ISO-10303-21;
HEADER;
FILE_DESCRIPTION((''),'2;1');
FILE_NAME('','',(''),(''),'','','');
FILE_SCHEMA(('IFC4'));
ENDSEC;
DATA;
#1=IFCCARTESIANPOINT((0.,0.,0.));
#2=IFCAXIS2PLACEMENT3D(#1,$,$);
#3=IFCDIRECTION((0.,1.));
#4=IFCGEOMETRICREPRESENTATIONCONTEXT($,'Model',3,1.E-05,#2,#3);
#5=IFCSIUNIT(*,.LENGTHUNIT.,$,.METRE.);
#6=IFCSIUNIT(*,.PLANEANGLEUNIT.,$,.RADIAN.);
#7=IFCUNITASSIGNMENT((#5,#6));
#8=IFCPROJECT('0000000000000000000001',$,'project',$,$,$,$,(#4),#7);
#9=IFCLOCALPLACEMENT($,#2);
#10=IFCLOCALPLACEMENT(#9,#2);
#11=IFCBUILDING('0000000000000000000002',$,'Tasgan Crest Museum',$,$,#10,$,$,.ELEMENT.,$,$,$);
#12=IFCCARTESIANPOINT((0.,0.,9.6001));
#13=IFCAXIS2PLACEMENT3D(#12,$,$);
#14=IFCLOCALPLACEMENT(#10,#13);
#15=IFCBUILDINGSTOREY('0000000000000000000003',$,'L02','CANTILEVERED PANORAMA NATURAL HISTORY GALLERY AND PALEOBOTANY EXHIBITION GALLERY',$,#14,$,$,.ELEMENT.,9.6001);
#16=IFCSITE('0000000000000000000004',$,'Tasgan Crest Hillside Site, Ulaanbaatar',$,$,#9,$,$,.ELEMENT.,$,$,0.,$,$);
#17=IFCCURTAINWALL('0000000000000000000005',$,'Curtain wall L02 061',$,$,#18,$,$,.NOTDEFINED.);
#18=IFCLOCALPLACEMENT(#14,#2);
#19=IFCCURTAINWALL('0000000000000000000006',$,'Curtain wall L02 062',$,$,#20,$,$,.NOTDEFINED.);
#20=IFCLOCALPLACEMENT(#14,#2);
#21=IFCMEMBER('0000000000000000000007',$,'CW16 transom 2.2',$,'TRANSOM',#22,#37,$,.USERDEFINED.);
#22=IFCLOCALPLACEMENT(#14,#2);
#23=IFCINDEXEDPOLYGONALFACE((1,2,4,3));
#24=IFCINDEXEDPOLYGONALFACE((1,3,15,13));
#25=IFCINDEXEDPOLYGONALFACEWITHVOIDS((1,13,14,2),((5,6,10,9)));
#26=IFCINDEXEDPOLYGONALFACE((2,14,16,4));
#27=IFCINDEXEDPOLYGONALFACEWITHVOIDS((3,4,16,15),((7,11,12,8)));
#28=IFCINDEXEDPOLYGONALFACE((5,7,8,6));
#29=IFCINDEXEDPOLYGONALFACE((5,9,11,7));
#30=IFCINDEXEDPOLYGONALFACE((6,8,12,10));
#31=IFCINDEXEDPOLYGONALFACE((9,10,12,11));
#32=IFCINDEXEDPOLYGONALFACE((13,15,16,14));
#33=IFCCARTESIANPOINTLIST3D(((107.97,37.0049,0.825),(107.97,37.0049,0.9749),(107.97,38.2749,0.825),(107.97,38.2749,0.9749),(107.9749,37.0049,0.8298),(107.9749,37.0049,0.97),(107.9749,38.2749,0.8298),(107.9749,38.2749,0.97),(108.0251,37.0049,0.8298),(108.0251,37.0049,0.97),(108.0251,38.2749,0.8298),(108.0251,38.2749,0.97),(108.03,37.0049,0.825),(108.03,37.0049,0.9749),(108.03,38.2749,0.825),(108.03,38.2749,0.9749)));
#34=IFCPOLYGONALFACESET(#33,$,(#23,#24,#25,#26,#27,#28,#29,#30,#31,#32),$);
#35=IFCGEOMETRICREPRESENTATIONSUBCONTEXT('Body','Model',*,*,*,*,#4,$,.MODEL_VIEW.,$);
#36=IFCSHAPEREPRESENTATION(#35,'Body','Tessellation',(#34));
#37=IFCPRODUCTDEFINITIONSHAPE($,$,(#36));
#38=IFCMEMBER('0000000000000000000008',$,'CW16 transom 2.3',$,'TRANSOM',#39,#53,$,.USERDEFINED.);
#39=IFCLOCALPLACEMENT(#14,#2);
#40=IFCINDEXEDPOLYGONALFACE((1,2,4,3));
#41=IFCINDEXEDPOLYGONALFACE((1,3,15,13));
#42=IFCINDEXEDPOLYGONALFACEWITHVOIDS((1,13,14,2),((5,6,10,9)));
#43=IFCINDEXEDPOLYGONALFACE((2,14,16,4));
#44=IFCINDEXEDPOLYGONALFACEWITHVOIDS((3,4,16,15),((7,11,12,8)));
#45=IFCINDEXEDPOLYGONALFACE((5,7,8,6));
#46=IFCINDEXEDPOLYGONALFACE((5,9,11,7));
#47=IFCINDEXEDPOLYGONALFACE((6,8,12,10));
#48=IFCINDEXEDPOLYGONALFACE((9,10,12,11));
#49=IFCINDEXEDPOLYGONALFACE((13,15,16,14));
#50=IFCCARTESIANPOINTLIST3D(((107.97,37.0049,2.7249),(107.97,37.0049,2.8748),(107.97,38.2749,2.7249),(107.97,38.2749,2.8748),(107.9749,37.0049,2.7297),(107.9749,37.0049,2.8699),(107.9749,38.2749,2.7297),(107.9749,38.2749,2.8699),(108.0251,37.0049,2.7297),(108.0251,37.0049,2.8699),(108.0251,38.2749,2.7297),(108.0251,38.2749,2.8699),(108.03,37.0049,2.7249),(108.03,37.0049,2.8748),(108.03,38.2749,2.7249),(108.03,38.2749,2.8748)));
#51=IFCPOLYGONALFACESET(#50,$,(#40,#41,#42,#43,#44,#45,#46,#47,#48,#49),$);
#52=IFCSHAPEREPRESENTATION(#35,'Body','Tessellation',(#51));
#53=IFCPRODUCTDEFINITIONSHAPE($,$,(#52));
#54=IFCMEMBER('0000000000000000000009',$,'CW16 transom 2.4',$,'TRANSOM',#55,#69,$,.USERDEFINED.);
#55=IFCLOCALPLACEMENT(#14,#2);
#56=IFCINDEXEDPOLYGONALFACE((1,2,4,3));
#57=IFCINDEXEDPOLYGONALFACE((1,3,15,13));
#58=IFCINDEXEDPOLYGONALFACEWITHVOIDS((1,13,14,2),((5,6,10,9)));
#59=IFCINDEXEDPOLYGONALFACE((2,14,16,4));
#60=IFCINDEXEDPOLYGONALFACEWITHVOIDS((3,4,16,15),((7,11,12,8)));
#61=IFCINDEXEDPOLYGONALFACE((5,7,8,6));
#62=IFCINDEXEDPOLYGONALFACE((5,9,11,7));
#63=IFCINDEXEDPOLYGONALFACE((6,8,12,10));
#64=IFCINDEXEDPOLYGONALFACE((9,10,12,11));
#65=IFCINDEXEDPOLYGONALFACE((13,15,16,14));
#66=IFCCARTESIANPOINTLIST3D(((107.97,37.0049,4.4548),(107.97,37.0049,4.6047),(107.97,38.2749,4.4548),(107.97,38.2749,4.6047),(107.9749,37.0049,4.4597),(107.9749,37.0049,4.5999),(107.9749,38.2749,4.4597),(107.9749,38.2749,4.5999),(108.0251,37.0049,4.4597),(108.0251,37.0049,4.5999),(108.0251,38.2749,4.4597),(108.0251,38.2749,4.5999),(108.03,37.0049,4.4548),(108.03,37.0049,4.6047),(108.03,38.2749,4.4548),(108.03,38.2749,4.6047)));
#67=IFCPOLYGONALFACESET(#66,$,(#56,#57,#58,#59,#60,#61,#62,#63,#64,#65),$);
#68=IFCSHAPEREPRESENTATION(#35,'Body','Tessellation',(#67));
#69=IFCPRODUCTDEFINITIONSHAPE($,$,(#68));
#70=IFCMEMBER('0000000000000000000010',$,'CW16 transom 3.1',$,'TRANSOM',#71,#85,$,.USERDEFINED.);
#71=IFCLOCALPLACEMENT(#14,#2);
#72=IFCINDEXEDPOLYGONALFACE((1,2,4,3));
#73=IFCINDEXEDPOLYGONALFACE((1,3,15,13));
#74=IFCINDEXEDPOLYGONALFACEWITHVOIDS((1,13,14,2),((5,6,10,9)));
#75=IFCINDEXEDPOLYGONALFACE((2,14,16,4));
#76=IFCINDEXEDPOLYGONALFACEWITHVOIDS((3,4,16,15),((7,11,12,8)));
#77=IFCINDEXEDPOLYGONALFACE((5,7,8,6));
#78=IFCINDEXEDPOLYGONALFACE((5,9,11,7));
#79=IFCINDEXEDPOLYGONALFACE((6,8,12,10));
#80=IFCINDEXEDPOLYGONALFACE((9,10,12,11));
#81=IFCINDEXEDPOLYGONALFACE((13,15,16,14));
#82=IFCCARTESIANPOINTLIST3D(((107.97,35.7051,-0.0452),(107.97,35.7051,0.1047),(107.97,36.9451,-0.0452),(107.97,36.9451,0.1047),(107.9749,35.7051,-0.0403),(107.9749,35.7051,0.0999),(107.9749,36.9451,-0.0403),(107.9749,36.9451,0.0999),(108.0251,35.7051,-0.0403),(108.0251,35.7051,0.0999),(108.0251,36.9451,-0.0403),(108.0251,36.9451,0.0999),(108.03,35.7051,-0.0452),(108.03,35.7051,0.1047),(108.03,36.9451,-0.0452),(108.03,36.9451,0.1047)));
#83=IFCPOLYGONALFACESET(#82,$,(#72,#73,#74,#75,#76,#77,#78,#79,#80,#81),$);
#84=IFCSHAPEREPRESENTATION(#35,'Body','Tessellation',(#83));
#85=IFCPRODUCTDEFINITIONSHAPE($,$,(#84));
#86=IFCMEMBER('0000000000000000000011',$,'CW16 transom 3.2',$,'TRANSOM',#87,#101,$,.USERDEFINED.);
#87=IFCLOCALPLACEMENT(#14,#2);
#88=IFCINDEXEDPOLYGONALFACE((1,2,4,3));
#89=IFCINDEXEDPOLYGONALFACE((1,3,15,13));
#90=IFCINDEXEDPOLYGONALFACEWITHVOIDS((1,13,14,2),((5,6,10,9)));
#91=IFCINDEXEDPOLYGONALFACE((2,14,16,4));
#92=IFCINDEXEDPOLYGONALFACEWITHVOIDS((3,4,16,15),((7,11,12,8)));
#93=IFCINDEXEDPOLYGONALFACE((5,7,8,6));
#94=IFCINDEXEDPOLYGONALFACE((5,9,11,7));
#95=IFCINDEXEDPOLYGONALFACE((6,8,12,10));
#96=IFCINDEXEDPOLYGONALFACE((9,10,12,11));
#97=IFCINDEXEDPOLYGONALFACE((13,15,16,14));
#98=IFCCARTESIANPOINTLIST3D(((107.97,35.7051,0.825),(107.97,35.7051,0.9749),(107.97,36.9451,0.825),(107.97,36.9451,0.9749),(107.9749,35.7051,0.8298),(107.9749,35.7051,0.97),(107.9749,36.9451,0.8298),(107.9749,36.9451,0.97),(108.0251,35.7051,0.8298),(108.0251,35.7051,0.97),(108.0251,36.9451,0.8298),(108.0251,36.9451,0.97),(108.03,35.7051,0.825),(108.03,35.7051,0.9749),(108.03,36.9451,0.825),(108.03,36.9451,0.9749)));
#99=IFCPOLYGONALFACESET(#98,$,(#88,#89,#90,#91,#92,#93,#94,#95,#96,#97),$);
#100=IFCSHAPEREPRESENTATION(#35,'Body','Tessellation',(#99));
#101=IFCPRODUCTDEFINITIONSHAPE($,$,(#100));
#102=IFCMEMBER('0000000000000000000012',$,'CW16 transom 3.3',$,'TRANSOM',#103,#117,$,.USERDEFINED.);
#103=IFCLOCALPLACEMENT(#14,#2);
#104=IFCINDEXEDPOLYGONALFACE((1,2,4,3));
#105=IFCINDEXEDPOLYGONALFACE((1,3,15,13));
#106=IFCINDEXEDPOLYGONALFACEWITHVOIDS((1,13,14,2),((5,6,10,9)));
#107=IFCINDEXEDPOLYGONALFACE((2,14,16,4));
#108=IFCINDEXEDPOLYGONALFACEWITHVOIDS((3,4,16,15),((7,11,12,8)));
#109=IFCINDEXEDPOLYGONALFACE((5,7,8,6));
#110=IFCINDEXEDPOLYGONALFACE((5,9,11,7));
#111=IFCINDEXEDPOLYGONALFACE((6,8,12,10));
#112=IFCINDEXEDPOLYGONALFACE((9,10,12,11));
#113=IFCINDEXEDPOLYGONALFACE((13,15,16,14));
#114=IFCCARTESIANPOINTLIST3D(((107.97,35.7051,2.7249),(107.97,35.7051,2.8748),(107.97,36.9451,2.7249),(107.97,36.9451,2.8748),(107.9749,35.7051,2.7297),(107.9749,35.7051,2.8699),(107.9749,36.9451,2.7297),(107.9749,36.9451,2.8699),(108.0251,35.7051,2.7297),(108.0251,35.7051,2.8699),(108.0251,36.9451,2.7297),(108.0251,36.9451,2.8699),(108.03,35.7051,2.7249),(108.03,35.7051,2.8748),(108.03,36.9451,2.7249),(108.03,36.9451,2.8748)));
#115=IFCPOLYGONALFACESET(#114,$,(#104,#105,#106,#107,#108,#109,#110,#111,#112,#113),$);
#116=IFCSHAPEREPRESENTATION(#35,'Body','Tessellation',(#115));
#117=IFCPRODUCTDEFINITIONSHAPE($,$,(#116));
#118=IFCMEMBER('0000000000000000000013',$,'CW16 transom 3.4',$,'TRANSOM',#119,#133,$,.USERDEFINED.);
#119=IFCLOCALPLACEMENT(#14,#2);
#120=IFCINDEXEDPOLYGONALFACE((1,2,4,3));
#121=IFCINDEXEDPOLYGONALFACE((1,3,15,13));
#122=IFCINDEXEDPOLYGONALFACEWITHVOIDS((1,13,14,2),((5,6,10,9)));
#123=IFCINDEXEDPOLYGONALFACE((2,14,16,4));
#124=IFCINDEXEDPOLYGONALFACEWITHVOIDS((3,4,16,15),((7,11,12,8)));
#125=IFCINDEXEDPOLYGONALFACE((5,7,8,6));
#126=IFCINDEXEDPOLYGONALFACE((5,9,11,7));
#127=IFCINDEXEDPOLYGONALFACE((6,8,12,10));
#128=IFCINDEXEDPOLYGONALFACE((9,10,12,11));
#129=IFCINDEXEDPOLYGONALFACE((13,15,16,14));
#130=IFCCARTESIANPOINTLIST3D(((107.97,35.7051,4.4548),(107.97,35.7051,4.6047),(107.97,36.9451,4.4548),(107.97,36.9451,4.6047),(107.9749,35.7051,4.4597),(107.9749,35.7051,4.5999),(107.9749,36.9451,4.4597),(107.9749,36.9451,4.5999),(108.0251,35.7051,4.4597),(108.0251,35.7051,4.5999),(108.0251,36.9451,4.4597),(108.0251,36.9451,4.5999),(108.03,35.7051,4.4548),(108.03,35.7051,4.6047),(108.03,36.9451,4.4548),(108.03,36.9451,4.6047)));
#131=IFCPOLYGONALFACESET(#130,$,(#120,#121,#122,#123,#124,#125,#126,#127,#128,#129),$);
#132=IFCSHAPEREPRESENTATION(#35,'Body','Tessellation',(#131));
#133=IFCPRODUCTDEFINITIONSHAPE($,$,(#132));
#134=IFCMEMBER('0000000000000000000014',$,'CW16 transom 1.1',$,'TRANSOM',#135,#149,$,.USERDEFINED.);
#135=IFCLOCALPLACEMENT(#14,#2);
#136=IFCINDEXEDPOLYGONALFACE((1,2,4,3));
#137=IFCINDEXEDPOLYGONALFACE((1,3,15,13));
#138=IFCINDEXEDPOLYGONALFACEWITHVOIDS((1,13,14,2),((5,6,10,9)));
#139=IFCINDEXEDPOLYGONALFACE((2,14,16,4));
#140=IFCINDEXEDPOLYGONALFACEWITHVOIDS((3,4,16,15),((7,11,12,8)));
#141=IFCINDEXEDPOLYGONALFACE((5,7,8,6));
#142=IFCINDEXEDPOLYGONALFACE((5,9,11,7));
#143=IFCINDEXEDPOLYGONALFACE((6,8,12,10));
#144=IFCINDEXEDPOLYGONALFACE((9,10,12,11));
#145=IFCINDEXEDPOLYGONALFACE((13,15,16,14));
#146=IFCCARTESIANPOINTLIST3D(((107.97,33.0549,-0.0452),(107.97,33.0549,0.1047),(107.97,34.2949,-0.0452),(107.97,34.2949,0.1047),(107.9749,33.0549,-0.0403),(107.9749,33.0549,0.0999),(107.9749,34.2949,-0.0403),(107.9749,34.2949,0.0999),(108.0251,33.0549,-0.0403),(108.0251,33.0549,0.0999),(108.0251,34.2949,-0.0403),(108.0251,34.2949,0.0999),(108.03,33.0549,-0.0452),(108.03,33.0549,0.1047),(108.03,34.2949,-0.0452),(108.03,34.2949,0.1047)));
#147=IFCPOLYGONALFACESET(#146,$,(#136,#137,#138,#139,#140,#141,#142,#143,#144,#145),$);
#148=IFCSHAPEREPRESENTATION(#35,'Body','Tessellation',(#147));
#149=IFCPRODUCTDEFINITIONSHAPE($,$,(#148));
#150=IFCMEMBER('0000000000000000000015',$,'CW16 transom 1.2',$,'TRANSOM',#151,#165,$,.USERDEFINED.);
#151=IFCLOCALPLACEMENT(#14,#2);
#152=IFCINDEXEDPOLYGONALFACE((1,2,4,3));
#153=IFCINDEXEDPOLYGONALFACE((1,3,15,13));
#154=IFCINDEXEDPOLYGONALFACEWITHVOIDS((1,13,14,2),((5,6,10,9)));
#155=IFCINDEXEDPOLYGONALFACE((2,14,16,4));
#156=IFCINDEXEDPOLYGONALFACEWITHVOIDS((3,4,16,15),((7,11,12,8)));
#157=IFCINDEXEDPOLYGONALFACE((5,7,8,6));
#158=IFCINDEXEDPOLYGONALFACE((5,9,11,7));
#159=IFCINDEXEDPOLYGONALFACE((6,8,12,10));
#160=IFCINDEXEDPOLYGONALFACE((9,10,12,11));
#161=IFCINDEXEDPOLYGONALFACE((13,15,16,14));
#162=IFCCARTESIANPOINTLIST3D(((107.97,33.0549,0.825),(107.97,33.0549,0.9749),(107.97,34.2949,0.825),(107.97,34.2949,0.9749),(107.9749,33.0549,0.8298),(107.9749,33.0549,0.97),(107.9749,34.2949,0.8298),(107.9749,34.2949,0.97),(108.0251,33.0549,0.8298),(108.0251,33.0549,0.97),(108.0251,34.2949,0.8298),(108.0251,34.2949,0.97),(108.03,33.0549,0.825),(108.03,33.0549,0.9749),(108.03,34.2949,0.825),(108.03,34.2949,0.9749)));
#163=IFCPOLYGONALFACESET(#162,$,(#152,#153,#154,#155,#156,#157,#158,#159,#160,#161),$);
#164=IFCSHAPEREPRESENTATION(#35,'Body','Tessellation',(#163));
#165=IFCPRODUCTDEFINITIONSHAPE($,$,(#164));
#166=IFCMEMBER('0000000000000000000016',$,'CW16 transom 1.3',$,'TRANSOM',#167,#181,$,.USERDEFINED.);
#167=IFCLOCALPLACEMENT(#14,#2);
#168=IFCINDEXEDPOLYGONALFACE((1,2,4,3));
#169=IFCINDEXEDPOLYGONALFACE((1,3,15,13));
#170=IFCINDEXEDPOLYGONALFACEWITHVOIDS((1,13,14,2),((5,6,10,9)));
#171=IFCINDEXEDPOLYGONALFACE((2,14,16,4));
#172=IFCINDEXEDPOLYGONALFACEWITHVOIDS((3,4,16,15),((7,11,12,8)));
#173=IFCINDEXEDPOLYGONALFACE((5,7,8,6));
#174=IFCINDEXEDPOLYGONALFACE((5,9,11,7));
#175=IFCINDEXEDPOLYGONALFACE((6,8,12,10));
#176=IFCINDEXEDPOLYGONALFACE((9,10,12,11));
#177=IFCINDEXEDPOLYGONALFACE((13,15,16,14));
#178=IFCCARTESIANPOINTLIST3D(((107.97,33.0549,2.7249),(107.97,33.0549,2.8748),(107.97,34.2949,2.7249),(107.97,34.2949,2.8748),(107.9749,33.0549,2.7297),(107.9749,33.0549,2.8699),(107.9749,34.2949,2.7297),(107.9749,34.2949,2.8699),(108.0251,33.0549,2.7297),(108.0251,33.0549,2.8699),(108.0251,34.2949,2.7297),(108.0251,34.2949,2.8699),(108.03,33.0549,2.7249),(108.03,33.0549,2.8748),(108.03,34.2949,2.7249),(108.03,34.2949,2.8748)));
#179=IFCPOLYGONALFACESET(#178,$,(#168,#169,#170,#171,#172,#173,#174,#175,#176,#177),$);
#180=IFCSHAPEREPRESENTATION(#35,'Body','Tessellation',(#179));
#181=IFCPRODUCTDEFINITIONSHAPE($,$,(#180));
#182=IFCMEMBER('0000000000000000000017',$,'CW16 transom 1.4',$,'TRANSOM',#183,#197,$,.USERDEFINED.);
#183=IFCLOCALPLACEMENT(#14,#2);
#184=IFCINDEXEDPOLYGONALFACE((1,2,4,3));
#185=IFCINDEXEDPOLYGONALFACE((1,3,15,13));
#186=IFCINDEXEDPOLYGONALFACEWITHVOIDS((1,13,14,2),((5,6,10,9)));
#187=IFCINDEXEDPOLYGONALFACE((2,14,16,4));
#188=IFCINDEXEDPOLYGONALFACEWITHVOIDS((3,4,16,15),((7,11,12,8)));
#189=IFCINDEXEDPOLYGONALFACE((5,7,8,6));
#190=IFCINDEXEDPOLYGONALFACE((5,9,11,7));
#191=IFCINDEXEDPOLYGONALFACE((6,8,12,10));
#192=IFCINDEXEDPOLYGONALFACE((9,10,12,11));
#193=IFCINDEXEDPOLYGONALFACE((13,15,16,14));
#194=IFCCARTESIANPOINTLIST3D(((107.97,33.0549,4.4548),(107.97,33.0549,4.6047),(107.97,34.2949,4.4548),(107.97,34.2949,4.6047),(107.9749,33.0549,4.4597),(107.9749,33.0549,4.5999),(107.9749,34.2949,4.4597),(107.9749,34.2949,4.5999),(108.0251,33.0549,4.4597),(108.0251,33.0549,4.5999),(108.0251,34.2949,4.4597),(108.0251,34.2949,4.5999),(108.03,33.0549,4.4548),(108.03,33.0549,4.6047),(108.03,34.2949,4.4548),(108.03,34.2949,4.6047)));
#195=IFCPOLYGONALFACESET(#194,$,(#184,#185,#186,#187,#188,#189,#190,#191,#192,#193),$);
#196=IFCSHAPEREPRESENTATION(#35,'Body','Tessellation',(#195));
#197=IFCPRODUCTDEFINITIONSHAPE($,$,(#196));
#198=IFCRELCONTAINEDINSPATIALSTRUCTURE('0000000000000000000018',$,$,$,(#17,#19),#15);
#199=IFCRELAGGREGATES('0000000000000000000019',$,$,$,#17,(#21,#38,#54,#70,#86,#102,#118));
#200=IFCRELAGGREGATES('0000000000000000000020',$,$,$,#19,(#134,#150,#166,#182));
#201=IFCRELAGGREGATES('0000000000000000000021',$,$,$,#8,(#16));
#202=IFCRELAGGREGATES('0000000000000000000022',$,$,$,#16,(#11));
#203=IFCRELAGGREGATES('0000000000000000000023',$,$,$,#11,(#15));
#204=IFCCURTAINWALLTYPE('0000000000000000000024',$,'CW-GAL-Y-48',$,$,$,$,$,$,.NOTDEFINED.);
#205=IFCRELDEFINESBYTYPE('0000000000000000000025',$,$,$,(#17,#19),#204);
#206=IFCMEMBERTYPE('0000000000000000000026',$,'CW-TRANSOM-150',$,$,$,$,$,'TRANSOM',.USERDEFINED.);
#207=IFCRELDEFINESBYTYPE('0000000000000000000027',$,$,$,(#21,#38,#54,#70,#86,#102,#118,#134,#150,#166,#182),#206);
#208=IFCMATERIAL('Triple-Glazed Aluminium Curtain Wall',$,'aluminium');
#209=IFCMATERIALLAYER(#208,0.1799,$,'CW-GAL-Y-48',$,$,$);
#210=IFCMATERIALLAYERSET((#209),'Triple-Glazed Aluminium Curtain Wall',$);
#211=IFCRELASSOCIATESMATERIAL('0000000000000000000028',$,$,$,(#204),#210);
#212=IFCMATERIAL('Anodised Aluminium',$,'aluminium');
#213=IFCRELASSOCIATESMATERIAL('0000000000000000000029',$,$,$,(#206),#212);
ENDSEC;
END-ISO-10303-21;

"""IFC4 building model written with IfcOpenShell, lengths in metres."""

from ifc_helpers import new_model, si_unit, direction, frame, origin, origin_2d, place, context, subcontext, project, spatial, hollow_rectangle, extrude, material, layer, layer_set, material_profile, profile_set, type_object, element, aggregate, save


model = new_model("IFC4")

# Units and contexts
model_context = context("Model", 3, precision=1e-05, world=origin(), true_north=direction((0.0, 1.0)))
body_context = subcontext(model_context, "Body", "Model", "MODEL_VIEW")
ifc_project = project(units=[si_unit("LENGTHUNIT", "METRE"), si_unit("PLANEANGLEUNIT", "RADIAN")], contexts=[model_context])

# Site, building, storey
site_placement = place(None, origin())
site = spatial("IfcSite", under=ifc_project, at=site_placement, Name="Tasgan Crest Hillside Site, Ulaanbaatar", CompositionType="ELEMENT", RefElevation=0.0)
building_placement = place(site_placement, origin())
building = spatial("IfcBuilding", under=site, at=building_placement, Name="Tasgan Crest Museum", CompositionType="ELEMENT")
storey_placement = place(building_placement, frame((0.0, 0.0, 9.6001)))
storey = spatial("IfcBuildingStorey", under=building, at=storey_placement, Name="L02", Description="CANTILEVERED PANORAMA NATURAL HISTORY GALLERY AND PALEOBOTANY EXHIBITION GALLERY", CompositionType="ELEMENT", Elevation=9.6001)

# Curtain walls
ifc_material_1 = material(Name="Triple-Glazed Aluminium Curtain Wall", Category="aluminium")
ifc_layer_1 = layer(ifc_material_1, 0.1799, Name="CW-GAL-Y-48")
ifc_layer_set_1 = layer_set([ifc_layer_1], Name="Triple-Glazed Aluminium Curtain Wall")
curtain_wall_type = type_object("IfcCurtainWallType", Name="CW-GAL-Y-48", PredefinedType="NOTDEFINED", material=ifc_layer_set_1)
curtain_wall_1_placement = place(storey_placement, origin())
curtain_wall_1 = element("IfcCurtainWall", 1, at=curtain_wall_1_placement, inside=storey, type_object=curtain_wall_type, Name="Curtain wall L02 061", PredefinedType="NOTDEFINED")
curtain_wall_2_placement = place(storey_placement, origin())
curtain_wall_2 = element("IfcCurtainWall", 2, at=curtain_wall_2_placement, inside=storey, type_object=curtain_wall_type, Name="Curtain wall L02 062", PredefinedType="NOTDEFINED")

# Members
ifc_material_2 = material(Name="Anodised Aluminium", Category="aluminium")
ifc_material_profile_1 = material_profile(ifc_material_2, hollow_rectangle(XDim=0.0601, YDim=0.1499, WallThickness=0.0049, at=origin_2d()), Name="ALU TRANSOM 150x60x5")
ifc_profile_set_1 = profile_set([ifc_material_profile_1], Name="Anodised Aluminium")
member_type_1 = type_object("IfcMemberType", Name="CW-TRANSOM-150", ElementType="TRANSOM", PredefinedType="USERDEFINED", material=ifc_profile_set_1)
member_1_placement = place(storey_placement, frame((108.0, 38.2749, 0.8999), z_axis=(0.0, -1.0, 0.0), x_axis=(1.0, 0.0, 0.0)))
member_1 = element("IfcMember", 3, at=member_1_placement, type_object=member_type_1, Name="CW16 transom 2.2", ObjectType="TRANSOM", PredefinedType="USERDEFINED", context=body_context, shape_type="SweptSolid", body=[
    extrude(hollow_rectangle(XDim=0.0601, YDim=0.1499, WallThickness=0.0049, at=origin_2d()), origin(), (0.0, 0.0, 1.0), 1.27),
])
member_2_placement = place(storey_placement, frame((108.0, 38.2749, 2.7998), z_axis=(0.0, -1.0, 0.0), x_axis=(1.0, 0.0, 0.0)))
member_2 = element("IfcMember", 4, at=member_2_placement, type_object=member_type_1, Name="CW16 transom 2.3", ObjectType="TRANSOM", PredefinedType="USERDEFINED", context=body_context, shape_type="SweptSolid", body=[
    extrude(hollow_rectangle(XDim=0.0601, YDim=0.1499, WallThickness=0.0049, at=origin_2d()), origin(), (0.0, 0.0, 1.0), 1.27),
])
member_3_placement = place(storey_placement, frame((108.0, 38.2749, 4.5298), z_axis=(0.0, -1.0, 0.0), x_axis=(1.0, 0.0, 0.0)))
member_3 = element("IfcMember", 5, at=member_3_placement, type_object=member_type_1, Name="CW16 transom 2.4", ObjectType="TRANSOM", PredefinedType="USERDEFINED", context=body_context, shape_type="SweptSolid", body=[
    extrude(hollow_rectangle(XDim=0.0601, YDim=0.1499, WallThickness=0.0049, at=origin_2d()), origin(), (0.0, 0.0, 1.0), 1.27),
])
member_4_placement = place(storey_placement, frame((108.0, 36.9451, 0.0298), z_axis=(0.0, -1.0, 0.0), x_axis=(1.0, 0.0, 0.0)))
member_4 = element("IfcMember", 6, at=member_4_placement, type_object=member_type_1, Name="CW16 transom 3.1", ObjectType="TRANSOM", PredefinedType="USERDEFINED", context=body_context, shape_type="SweptSolid", body=[
    extrude(hollow_rectangle(XDim=0.0601, YDim=0.1499, WallThickness=0.0049, at=origin_2d()), origin(), (0.0, 0.0, 1.0), 1.24),
])
member_5_placement = place(storey_placement, frame((108.0, 36.9451, 0.8999), z_axis=(0.0, -1.0, 0.0), x_axis=(1.0, 0.0, 0.0)))
member_5 = element("IfcMember", 7, at=member_5_placement, type_object=member_type_1, Name="CW16 transom 3.2", ObjectType="TRANSOM", PredefinedType="USERDEFINED", context=body_context, shape_type="SweptSolid", body=[
    extrude(hollow_rectangle(XDim=0.0601, YDim=0.1499, WallThickness=0.0049, at=origin_2d()), origin(), (0.0, 0.0, 1.0), 1.24),
])
member_6_placement = place(storey_placement, frame((108.0, 36.9451, 2.7998), z_axis=(0.0, -1.0, 0.0), x_axis=(1.0, 0.0, 0.0)))
member_6 = element("IfcMember", 8, at=member_6_placement, type_object=member_type_1, Name="CW16 transom 3.3", ObjectType="TRANSOM", PredefinedType="USERDEFINED", context=body_context, shape_type="SweptSolid", body=[
    extrude(hollow_rectangle(XDim=0.0601, YDim=0.1499, WallThickness=0.0049, at=origin_2d()), origin(), (0.0, 0.0, 1.0), 1.24),
])
member_7_placement = place(storey_placement, frame((108.0, 36.9451, 4.5298), z_axis=(0.0, -1.0, 0.0), x_axis=(1.0, 0.0, 0.0)))
member_7 = element("IfcMember", 9, at=member_7_placement, type_object=member_type_1, Name="CW16 transom 3.4", ObjectType="TRANSOM", PredefinedType="USERDEFINED", context=body_context, shape_type="SweptSolid", body=[
    extrude(hollow_rectangle(XDim=0.0601, YDim=0.1499, WallThickness=0.0049, at=origin_2d()), origin(), (0.0, 0.0, 1.0), 1.24),
])
member_8_placement = place(storey_placement, frame((108.0, 34.2949, 0.0298), z_axis=(0.0, -1.0, 0.0), x_axis=(1.0, 0.0, 0.0)))
member_8 = element("IfcMember", 10, at=member_8_placement, type_object=member_type_1, Name="CW16 transom 1.1", ObjectType="TRANSOM", PredefinedType="USERDEFINED", context=body_context, shape_type="SweptSolid", body=[
    extrude(hollow_rectangle(XDim=0.0601, YDim=0.1499, WallThickness=0.0049, at=origin_2d()), origin(), (0.0, 0.0, 1.0), 1.24),
])
member_9_placement = place(storey_placement, frame((108.0, 34.2949, 0.8999), z_axis=(0.0, -1.0, 0.0), x_axis=(1.0, 0.0, 0.0)))
member_9 = element("IfcMember", 11, at=member_9_placement, type_object=member_type_1, Name="CW16 transom 1.2", ObjectType="TRANSOM", PredefinedType="USERDEFINED", context=body_context, shape_type="SweptSolid", body=[
    extrude(hollow_rectangle(XDim=0.0601, YDim=0.1499, WallThickness=0.0049, at=origin_2d()), origin(), (0.0, 0.0, 1.0), 1.24),
])
member_10_placement = place(storey_placement, frame((108.0, 34.2949, 2.7998), z_axis=(0.0, -1.0, 0.0), x_axis=(1.0, 0.0, 0.0)))
member_10 = element("IfcMember", 12, at=member_10_placement, type_object=member_type_1, Name="CW16 transom 1.3", ObjectType="TRANSOM", PredefinedType="USERDEFINED", context=body_context, shape_type="SweptSolid", body=[
    extrude(hollow_rectangle(XDim=0.0601, YDim=0.1499, WallThickness=0.0049, at=origin_2d()), origin(), (0.0, 0.0, 1.0), 1.24),
])
member_11_placement = place(storey_placement, frame((108.0, 34.2949, 4.5298), z_axis=(0.0, -1.0, 0.0), x_axis=(1.0, 0.0, 0.0)))
member_11 = element("IfcMember", 13, at=member_11_placement, type_object=member_type_1, Name="CW16 transom 1.4", ObjectType="TRANSOM", PredefinedType="USERDEFINED", context=body_context, shape_type="SweptSolid", body=[
    extrude(hollow_rectangle(XDim=0.0601, YDim=0.1499, WallThickness=0.0049, at=origin_2d()), origin(), (0.0, 0.0, 1.0), 1.24),
])

aggregate(curtain_wall_1, [member_1, member_2, member_3, member_4, member_5, member_6, member_7])
aggregate(curtain_wall_2, [member_8, member_9, member_10, member_11])

save(model, "model.ifc")
